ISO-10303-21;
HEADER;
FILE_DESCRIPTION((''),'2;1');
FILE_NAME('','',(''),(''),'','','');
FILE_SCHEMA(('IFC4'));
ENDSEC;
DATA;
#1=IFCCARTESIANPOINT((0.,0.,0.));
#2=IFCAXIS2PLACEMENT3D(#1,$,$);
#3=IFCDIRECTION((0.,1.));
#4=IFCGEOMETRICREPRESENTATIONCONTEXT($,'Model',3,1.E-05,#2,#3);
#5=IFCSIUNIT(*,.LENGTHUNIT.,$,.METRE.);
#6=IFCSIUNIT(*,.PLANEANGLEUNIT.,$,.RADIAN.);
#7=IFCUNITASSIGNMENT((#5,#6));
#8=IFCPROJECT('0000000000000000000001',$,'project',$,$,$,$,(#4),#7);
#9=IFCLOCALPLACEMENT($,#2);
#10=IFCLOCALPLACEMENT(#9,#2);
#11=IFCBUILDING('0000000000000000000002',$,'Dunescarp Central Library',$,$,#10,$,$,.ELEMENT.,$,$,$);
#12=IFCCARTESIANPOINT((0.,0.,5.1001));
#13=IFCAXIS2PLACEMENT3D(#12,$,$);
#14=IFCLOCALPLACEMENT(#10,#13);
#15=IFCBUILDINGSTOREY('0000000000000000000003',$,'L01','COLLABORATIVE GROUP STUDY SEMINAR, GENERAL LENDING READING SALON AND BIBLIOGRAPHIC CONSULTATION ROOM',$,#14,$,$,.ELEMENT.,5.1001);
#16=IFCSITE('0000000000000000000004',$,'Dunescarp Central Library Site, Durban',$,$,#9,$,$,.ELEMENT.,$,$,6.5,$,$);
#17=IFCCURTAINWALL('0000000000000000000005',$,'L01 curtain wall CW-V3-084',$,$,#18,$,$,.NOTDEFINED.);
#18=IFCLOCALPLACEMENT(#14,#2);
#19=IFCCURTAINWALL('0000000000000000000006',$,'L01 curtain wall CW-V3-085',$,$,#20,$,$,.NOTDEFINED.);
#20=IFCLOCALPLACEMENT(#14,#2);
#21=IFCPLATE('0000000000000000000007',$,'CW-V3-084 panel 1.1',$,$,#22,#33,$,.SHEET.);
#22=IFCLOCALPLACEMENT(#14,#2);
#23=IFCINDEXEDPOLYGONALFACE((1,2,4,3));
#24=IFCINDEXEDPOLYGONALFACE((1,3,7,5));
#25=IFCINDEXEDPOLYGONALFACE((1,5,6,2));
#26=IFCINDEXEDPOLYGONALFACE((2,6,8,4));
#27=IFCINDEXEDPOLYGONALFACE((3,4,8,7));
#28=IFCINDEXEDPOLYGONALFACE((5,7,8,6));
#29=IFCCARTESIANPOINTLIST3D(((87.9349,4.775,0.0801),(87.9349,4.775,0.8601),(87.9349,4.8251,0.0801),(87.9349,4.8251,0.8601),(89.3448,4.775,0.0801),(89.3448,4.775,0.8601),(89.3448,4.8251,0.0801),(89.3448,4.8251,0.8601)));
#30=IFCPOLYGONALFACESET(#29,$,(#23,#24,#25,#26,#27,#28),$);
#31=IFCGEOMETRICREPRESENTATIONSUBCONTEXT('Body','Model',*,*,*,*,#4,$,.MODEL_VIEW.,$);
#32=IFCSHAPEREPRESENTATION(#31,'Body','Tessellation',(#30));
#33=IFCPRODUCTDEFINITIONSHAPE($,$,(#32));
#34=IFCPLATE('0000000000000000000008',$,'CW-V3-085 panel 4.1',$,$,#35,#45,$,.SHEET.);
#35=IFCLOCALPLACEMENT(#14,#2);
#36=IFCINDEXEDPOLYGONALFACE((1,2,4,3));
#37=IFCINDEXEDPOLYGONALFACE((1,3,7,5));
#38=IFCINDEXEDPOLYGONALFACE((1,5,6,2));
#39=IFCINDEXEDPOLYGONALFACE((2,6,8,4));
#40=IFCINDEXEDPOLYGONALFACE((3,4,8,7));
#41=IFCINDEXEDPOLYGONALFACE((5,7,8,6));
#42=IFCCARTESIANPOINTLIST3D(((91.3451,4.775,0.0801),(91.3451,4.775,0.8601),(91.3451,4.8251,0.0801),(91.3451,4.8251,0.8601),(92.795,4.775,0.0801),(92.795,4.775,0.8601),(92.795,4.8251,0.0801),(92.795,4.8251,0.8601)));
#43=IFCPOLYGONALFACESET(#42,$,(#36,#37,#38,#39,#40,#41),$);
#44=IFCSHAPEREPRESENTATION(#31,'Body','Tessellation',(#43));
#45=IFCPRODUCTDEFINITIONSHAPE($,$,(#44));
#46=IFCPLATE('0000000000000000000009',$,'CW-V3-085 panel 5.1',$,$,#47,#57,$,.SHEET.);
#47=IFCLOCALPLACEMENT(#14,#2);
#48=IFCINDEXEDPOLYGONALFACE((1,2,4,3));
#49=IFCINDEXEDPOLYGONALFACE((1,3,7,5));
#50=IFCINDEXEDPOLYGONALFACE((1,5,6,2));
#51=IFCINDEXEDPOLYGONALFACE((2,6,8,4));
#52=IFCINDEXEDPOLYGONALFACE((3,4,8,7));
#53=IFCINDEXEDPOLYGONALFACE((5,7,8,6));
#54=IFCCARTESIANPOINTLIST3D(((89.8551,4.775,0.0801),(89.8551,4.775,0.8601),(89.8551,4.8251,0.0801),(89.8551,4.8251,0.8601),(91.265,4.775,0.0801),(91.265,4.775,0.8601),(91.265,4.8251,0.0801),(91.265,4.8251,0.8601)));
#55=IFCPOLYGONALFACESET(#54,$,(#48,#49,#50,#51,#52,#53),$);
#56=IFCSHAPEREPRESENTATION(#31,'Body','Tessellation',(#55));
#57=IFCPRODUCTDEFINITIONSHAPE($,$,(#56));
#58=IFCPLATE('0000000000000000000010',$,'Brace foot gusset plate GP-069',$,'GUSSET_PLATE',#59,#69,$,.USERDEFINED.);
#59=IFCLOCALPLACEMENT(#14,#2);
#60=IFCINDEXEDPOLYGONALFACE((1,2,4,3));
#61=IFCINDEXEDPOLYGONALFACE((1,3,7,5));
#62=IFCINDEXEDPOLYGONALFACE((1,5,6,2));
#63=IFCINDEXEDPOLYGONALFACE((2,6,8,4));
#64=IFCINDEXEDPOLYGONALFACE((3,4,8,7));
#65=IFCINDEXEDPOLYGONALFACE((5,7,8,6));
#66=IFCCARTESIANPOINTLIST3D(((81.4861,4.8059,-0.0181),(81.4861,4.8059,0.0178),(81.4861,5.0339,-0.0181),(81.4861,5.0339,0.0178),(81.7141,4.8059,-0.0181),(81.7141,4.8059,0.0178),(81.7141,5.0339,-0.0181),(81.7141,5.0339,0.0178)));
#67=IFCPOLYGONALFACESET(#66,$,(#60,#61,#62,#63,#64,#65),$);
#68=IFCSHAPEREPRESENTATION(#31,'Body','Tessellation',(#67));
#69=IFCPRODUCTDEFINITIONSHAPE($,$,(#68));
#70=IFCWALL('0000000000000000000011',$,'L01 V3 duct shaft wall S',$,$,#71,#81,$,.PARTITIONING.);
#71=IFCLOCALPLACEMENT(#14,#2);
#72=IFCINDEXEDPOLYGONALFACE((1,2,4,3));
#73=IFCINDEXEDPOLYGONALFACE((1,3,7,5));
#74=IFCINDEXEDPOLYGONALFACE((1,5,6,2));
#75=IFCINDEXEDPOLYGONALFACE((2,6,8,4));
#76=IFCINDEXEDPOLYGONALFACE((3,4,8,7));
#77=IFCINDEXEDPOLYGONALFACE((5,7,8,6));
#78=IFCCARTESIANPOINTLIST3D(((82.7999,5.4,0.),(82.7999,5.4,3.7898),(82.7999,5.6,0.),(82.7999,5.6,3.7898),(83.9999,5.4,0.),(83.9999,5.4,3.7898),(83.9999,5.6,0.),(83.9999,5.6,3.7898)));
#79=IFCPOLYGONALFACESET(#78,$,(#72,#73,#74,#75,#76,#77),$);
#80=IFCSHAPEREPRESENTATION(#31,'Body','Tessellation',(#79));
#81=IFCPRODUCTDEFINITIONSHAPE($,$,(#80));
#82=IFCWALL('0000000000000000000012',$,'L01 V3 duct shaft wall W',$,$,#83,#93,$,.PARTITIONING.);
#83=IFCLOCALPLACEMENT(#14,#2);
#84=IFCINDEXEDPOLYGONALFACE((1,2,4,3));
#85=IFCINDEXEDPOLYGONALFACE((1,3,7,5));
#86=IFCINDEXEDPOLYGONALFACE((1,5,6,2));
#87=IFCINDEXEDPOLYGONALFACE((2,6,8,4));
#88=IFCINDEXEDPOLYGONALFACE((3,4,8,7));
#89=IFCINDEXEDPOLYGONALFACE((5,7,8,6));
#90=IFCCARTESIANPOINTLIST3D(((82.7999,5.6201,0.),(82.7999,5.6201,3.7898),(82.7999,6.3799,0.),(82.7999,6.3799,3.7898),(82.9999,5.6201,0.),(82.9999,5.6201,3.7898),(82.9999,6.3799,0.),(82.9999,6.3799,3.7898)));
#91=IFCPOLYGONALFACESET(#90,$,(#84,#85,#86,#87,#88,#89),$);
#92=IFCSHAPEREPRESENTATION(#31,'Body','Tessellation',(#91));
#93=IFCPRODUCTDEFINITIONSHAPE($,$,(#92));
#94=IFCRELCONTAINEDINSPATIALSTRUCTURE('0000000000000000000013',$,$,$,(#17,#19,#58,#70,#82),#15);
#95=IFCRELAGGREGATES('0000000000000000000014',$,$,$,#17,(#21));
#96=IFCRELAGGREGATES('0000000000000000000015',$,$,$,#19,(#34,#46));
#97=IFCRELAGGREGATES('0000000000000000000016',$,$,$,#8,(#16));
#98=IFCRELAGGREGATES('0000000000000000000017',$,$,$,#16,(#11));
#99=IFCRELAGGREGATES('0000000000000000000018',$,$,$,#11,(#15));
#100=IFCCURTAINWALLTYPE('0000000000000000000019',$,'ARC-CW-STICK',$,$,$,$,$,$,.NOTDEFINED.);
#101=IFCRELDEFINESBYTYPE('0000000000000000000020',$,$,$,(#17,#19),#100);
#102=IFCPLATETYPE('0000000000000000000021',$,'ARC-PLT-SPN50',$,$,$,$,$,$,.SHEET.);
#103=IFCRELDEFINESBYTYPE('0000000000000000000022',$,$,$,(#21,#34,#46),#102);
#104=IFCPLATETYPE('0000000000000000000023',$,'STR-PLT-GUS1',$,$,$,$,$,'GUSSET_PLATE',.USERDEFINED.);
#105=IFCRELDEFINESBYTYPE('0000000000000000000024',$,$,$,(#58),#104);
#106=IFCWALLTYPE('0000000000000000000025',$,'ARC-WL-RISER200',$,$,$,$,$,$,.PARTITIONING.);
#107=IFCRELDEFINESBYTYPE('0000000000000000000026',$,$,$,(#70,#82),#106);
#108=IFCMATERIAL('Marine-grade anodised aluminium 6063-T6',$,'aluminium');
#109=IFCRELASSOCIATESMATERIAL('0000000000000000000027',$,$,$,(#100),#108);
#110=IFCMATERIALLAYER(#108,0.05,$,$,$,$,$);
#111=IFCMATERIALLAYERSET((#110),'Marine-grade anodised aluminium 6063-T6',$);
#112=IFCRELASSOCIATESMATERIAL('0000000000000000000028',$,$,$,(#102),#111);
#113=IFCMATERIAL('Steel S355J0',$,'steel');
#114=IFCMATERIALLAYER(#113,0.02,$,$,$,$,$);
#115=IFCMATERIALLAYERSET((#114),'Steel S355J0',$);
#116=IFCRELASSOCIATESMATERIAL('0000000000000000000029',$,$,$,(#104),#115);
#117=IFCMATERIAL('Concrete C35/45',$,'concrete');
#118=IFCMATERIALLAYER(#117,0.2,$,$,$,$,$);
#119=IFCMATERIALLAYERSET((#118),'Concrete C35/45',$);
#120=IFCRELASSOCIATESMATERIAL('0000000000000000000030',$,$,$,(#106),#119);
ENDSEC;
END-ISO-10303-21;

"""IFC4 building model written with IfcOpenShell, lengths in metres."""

from ifc_helpers import new_model, si_unit, direction, frame, frame_2d, origin, origin_2d, place, context, subcontext, project, spatial, rectangle, extrude, material, layer, layer_set, type_object, element, aggregate, save


model = new_model("IFC4")

# Units and contexts
model_context = context("Model", 3, precision=1e-05, world=origin(), true_north=direction((0.0, 1.0)))
body_context = subcontext(model_context, "Body", "Model", "MODEL_VIEW")
ifc_project = project(units=[si_unit("LENGTHUNIT", "METRE"), si_unit("PLANEANGLEUNIT", "RADIAN")], contexts=[model_context])

# Site, building, storey
site_placement = place(None, origin())
site = spatial("IfcSite", under=ifc_project, at=site_placement, Name="Dunescarp Central Library Site, Durban", CompositionType="ELEMENT", RefElevation=6.5)
building_placement = place(site_placement, origin())
building = spatial("IfcBuilding", under=site, at=building_placement, Name="Dunescarp Central Library", CompositionType="ELEMENT")
storey_placement = place(building_placement, frame((0.0, 0.0, 5.1001)))
storey = spatial("IfcBuildingStorey", under=building, at=storey_placement, Name="L01", Description="COLLABORATIVE GROUP STUDY SEMINAR, GENERAL LENDING READING SALON AND BIBLIOGRAPHIC CONSULTATION ROOM", CompositionType="ELEMENT", Elevation=5.1001)

# Curtain wall
ifc_material_1 = material(Name="Marine-grade anodised aluminium 6063-T6", Category="aluminium")
curtain_wall_type = type_object("IfcCurtainWallType", Name="ARC-CW-STICK", PredefinedType="NOTDEFINED", material=ifc_material_1)
curtain_wall_1_placement = place(storey_placement, origin())
curtain_wall_1 = element("IfcCurtainWall", 1, at=curtain_wall_1_placement, inside=storey, type_object=curtain_wall_type, Name="L01 curtain wall CW-V3-084", PredefinedType="NOTDEFINED")

# Curtain wall
curtain_wall_2_placement = place(storey_placement, origin())
curtain_wall_2 = element("IfcCurtainWall", 2, at=curtain_wall_2_placement, inside=storey, type_object=curtain_wall_type, Name="L01 curtain wall CW-V3-085", PredefinedType="NOTDEFINED")

# Shared definitions
ifc_material_2 = material(Name="Steel S355J0", Category="steel")

# Plates
ifc_layer_1 = layer(ifc_material_1, 0.05)
ifc_layer_set_1 = layer_set([ifc_layer_1], Name="Marine-grade anodised aluminium 6063-T6")
plate_type_1 = type_object("IfcPlateType", Name="ARC-PLT-SPN50", PredefinedType="SHEET", material=ifc_layer_set_1)
plate_1_placement = place(storey_placement, frame((88.6399, 4.8, 0.0801), z_axis=(0.0, 0.0, 1.0), x_axis=(-1.0, 0.0, 0.0)))
plate_1 = element("IfcPlate", 3, at=plate_1_placement, type_object=plate_type_1, Name="CW-V3-084 panel 1.1", PredefinedType="SHEET", context=body_context, shape_type="SweptSolid", body=[
    extrude(rectangle(XDim=1.4099, YDim=0.05, at=origin_2d()), origin(), (0.0, 0.0, 1.0), 0.78),
])
aggregate(curtain_wall_1, [plate_1])
plate_2_placement = place(storey_placement, frame((92.0701, 4.8, 0.0801), z_axis=(0.0, 0.0, 1.0), x_axis=(-1.0, 0.0, 0.0)))
plate_2 = element("IfcPlate", 4, at=plate_2_placement, type_object=plate_type_1, Name="CW-V3-085 panel 4.1", PredefinedType="SHEET", context=body_context, shape_type="SweptSolid", body=[
    extrude(rectangle(XDim=1.45, YDim=0.05, at=origin_2d()), origin(), (0.0, 0.0, 1.0), 0.78),
])
plate_3_placement = place(storey_placement, frame((90.5601, 4.8, 0.0801), z_axis=(0.0, 0.0, 1.0), x_axis=(-1.0, 0.0, 0.0)))
plate_3 = element("IfcPlate", 5, at=plate_3_placement, type_object=plate_type_1, Name="CW-V3-085 panel 5.1", PredefinedType="SHEET", context=body_context, shape_type="SweptSolid", body=[
    extrude(rectangle(XDim=1.4099, YDim=0.05, at=origin_2d()), origin(), (0.0, 0.0, 1.0), 0.78),
])
aggregate(curtain_wall_2, [plate_2, plate_3])
ifc_layer_2 = layer(ifc_material_2, 0.02)
ifc_layer_set_2 = layer_set([ifc_layer_2], Name="Steel S355J0")
plate_type_2 = type_object("IfcPlateType", Name="STR-PLT-GUS1", ElementType="GUSSET_PLATE", PredefinedType="USERDEFINED", material=ifc_layer_set_2)
plate_4_placement = place(storey_placement, frame((81.6001, 4.9199, -0.0181), z_axis=(0.0, 0.0, 1.0), x_axis=(1.0, 0.0, 0.0)))
element("IfcPlate", 6, at=plate_4_placement, inside=storey, type_object=plate_type_2, Name="Brace foot gusset plate GP-069", ObjectType="GUSSET_PLATE", PredefinedType="USERDEFINED", context=body_context, shape_type="SweptSolid", body=[
    extrude(rectangle(XDim=0.228, YDim=0.228, at=origin_2d()), origin(), (0.0, 0.0, 1.0), 0.0359),
])

# Walls
ifc_material_3 = material(Name="Concrete C35/45", Category="concrete")
ifc_layer_3 = layer(ifc_material_3, 0.2)
ifc_layer_set_3 = layer_set([ifc_layer_3], Name="Concrete C35/45")
wall_type = type_object("IfcWallType", Name="ARC-WL-RISER200", PredefinedType="PARTITIONING", material=ifc_layer_set_3)
wall_1_placement = place(storey_placement, frame((84.0, 5.5, 0.0), z_axis=(0.0, 0.0, 1.0), x_axis=(-1.0, 0.0, 0.0)))
element("IfcWall", 7, at=wall_1_placement, inside=storey, type_object=wall_type, Name="L01 V3 duct shaft wall S", PredefinedType="PARTITIONING", context=body_context, shape_type="SweptSolid", body=[
    extrude(rectangle(XDim=1.2, YDim=0.2, at=frame_2d((0.6001, 0.0))), origin(), (0.0, 0.0, 1.0), 3.7898),
])
wall_2_placement = place(storey_placement, frame((82.8999, 5.6201, 0.0), z_axis=(0.0, 0.0, 1.0), x_axis=(0.0, 1.0, 0.0)))
element("IfcWall", 8, at=wall_2_placement, inside=storey, type_object=wall_type, Name="L01 V3 duct shaft wall W", PredefinedType="PARTITIONING", context=body_context, shape_type="SweptSolid", body=[
    extrude(rectangle(XDim=0.7598, YDim=0.2, at=frame_2d((0.3799, 0.0))), origin(), (0.0, 0.0, 1.0), 3.7898),
])

save(model, "model.ifc")
